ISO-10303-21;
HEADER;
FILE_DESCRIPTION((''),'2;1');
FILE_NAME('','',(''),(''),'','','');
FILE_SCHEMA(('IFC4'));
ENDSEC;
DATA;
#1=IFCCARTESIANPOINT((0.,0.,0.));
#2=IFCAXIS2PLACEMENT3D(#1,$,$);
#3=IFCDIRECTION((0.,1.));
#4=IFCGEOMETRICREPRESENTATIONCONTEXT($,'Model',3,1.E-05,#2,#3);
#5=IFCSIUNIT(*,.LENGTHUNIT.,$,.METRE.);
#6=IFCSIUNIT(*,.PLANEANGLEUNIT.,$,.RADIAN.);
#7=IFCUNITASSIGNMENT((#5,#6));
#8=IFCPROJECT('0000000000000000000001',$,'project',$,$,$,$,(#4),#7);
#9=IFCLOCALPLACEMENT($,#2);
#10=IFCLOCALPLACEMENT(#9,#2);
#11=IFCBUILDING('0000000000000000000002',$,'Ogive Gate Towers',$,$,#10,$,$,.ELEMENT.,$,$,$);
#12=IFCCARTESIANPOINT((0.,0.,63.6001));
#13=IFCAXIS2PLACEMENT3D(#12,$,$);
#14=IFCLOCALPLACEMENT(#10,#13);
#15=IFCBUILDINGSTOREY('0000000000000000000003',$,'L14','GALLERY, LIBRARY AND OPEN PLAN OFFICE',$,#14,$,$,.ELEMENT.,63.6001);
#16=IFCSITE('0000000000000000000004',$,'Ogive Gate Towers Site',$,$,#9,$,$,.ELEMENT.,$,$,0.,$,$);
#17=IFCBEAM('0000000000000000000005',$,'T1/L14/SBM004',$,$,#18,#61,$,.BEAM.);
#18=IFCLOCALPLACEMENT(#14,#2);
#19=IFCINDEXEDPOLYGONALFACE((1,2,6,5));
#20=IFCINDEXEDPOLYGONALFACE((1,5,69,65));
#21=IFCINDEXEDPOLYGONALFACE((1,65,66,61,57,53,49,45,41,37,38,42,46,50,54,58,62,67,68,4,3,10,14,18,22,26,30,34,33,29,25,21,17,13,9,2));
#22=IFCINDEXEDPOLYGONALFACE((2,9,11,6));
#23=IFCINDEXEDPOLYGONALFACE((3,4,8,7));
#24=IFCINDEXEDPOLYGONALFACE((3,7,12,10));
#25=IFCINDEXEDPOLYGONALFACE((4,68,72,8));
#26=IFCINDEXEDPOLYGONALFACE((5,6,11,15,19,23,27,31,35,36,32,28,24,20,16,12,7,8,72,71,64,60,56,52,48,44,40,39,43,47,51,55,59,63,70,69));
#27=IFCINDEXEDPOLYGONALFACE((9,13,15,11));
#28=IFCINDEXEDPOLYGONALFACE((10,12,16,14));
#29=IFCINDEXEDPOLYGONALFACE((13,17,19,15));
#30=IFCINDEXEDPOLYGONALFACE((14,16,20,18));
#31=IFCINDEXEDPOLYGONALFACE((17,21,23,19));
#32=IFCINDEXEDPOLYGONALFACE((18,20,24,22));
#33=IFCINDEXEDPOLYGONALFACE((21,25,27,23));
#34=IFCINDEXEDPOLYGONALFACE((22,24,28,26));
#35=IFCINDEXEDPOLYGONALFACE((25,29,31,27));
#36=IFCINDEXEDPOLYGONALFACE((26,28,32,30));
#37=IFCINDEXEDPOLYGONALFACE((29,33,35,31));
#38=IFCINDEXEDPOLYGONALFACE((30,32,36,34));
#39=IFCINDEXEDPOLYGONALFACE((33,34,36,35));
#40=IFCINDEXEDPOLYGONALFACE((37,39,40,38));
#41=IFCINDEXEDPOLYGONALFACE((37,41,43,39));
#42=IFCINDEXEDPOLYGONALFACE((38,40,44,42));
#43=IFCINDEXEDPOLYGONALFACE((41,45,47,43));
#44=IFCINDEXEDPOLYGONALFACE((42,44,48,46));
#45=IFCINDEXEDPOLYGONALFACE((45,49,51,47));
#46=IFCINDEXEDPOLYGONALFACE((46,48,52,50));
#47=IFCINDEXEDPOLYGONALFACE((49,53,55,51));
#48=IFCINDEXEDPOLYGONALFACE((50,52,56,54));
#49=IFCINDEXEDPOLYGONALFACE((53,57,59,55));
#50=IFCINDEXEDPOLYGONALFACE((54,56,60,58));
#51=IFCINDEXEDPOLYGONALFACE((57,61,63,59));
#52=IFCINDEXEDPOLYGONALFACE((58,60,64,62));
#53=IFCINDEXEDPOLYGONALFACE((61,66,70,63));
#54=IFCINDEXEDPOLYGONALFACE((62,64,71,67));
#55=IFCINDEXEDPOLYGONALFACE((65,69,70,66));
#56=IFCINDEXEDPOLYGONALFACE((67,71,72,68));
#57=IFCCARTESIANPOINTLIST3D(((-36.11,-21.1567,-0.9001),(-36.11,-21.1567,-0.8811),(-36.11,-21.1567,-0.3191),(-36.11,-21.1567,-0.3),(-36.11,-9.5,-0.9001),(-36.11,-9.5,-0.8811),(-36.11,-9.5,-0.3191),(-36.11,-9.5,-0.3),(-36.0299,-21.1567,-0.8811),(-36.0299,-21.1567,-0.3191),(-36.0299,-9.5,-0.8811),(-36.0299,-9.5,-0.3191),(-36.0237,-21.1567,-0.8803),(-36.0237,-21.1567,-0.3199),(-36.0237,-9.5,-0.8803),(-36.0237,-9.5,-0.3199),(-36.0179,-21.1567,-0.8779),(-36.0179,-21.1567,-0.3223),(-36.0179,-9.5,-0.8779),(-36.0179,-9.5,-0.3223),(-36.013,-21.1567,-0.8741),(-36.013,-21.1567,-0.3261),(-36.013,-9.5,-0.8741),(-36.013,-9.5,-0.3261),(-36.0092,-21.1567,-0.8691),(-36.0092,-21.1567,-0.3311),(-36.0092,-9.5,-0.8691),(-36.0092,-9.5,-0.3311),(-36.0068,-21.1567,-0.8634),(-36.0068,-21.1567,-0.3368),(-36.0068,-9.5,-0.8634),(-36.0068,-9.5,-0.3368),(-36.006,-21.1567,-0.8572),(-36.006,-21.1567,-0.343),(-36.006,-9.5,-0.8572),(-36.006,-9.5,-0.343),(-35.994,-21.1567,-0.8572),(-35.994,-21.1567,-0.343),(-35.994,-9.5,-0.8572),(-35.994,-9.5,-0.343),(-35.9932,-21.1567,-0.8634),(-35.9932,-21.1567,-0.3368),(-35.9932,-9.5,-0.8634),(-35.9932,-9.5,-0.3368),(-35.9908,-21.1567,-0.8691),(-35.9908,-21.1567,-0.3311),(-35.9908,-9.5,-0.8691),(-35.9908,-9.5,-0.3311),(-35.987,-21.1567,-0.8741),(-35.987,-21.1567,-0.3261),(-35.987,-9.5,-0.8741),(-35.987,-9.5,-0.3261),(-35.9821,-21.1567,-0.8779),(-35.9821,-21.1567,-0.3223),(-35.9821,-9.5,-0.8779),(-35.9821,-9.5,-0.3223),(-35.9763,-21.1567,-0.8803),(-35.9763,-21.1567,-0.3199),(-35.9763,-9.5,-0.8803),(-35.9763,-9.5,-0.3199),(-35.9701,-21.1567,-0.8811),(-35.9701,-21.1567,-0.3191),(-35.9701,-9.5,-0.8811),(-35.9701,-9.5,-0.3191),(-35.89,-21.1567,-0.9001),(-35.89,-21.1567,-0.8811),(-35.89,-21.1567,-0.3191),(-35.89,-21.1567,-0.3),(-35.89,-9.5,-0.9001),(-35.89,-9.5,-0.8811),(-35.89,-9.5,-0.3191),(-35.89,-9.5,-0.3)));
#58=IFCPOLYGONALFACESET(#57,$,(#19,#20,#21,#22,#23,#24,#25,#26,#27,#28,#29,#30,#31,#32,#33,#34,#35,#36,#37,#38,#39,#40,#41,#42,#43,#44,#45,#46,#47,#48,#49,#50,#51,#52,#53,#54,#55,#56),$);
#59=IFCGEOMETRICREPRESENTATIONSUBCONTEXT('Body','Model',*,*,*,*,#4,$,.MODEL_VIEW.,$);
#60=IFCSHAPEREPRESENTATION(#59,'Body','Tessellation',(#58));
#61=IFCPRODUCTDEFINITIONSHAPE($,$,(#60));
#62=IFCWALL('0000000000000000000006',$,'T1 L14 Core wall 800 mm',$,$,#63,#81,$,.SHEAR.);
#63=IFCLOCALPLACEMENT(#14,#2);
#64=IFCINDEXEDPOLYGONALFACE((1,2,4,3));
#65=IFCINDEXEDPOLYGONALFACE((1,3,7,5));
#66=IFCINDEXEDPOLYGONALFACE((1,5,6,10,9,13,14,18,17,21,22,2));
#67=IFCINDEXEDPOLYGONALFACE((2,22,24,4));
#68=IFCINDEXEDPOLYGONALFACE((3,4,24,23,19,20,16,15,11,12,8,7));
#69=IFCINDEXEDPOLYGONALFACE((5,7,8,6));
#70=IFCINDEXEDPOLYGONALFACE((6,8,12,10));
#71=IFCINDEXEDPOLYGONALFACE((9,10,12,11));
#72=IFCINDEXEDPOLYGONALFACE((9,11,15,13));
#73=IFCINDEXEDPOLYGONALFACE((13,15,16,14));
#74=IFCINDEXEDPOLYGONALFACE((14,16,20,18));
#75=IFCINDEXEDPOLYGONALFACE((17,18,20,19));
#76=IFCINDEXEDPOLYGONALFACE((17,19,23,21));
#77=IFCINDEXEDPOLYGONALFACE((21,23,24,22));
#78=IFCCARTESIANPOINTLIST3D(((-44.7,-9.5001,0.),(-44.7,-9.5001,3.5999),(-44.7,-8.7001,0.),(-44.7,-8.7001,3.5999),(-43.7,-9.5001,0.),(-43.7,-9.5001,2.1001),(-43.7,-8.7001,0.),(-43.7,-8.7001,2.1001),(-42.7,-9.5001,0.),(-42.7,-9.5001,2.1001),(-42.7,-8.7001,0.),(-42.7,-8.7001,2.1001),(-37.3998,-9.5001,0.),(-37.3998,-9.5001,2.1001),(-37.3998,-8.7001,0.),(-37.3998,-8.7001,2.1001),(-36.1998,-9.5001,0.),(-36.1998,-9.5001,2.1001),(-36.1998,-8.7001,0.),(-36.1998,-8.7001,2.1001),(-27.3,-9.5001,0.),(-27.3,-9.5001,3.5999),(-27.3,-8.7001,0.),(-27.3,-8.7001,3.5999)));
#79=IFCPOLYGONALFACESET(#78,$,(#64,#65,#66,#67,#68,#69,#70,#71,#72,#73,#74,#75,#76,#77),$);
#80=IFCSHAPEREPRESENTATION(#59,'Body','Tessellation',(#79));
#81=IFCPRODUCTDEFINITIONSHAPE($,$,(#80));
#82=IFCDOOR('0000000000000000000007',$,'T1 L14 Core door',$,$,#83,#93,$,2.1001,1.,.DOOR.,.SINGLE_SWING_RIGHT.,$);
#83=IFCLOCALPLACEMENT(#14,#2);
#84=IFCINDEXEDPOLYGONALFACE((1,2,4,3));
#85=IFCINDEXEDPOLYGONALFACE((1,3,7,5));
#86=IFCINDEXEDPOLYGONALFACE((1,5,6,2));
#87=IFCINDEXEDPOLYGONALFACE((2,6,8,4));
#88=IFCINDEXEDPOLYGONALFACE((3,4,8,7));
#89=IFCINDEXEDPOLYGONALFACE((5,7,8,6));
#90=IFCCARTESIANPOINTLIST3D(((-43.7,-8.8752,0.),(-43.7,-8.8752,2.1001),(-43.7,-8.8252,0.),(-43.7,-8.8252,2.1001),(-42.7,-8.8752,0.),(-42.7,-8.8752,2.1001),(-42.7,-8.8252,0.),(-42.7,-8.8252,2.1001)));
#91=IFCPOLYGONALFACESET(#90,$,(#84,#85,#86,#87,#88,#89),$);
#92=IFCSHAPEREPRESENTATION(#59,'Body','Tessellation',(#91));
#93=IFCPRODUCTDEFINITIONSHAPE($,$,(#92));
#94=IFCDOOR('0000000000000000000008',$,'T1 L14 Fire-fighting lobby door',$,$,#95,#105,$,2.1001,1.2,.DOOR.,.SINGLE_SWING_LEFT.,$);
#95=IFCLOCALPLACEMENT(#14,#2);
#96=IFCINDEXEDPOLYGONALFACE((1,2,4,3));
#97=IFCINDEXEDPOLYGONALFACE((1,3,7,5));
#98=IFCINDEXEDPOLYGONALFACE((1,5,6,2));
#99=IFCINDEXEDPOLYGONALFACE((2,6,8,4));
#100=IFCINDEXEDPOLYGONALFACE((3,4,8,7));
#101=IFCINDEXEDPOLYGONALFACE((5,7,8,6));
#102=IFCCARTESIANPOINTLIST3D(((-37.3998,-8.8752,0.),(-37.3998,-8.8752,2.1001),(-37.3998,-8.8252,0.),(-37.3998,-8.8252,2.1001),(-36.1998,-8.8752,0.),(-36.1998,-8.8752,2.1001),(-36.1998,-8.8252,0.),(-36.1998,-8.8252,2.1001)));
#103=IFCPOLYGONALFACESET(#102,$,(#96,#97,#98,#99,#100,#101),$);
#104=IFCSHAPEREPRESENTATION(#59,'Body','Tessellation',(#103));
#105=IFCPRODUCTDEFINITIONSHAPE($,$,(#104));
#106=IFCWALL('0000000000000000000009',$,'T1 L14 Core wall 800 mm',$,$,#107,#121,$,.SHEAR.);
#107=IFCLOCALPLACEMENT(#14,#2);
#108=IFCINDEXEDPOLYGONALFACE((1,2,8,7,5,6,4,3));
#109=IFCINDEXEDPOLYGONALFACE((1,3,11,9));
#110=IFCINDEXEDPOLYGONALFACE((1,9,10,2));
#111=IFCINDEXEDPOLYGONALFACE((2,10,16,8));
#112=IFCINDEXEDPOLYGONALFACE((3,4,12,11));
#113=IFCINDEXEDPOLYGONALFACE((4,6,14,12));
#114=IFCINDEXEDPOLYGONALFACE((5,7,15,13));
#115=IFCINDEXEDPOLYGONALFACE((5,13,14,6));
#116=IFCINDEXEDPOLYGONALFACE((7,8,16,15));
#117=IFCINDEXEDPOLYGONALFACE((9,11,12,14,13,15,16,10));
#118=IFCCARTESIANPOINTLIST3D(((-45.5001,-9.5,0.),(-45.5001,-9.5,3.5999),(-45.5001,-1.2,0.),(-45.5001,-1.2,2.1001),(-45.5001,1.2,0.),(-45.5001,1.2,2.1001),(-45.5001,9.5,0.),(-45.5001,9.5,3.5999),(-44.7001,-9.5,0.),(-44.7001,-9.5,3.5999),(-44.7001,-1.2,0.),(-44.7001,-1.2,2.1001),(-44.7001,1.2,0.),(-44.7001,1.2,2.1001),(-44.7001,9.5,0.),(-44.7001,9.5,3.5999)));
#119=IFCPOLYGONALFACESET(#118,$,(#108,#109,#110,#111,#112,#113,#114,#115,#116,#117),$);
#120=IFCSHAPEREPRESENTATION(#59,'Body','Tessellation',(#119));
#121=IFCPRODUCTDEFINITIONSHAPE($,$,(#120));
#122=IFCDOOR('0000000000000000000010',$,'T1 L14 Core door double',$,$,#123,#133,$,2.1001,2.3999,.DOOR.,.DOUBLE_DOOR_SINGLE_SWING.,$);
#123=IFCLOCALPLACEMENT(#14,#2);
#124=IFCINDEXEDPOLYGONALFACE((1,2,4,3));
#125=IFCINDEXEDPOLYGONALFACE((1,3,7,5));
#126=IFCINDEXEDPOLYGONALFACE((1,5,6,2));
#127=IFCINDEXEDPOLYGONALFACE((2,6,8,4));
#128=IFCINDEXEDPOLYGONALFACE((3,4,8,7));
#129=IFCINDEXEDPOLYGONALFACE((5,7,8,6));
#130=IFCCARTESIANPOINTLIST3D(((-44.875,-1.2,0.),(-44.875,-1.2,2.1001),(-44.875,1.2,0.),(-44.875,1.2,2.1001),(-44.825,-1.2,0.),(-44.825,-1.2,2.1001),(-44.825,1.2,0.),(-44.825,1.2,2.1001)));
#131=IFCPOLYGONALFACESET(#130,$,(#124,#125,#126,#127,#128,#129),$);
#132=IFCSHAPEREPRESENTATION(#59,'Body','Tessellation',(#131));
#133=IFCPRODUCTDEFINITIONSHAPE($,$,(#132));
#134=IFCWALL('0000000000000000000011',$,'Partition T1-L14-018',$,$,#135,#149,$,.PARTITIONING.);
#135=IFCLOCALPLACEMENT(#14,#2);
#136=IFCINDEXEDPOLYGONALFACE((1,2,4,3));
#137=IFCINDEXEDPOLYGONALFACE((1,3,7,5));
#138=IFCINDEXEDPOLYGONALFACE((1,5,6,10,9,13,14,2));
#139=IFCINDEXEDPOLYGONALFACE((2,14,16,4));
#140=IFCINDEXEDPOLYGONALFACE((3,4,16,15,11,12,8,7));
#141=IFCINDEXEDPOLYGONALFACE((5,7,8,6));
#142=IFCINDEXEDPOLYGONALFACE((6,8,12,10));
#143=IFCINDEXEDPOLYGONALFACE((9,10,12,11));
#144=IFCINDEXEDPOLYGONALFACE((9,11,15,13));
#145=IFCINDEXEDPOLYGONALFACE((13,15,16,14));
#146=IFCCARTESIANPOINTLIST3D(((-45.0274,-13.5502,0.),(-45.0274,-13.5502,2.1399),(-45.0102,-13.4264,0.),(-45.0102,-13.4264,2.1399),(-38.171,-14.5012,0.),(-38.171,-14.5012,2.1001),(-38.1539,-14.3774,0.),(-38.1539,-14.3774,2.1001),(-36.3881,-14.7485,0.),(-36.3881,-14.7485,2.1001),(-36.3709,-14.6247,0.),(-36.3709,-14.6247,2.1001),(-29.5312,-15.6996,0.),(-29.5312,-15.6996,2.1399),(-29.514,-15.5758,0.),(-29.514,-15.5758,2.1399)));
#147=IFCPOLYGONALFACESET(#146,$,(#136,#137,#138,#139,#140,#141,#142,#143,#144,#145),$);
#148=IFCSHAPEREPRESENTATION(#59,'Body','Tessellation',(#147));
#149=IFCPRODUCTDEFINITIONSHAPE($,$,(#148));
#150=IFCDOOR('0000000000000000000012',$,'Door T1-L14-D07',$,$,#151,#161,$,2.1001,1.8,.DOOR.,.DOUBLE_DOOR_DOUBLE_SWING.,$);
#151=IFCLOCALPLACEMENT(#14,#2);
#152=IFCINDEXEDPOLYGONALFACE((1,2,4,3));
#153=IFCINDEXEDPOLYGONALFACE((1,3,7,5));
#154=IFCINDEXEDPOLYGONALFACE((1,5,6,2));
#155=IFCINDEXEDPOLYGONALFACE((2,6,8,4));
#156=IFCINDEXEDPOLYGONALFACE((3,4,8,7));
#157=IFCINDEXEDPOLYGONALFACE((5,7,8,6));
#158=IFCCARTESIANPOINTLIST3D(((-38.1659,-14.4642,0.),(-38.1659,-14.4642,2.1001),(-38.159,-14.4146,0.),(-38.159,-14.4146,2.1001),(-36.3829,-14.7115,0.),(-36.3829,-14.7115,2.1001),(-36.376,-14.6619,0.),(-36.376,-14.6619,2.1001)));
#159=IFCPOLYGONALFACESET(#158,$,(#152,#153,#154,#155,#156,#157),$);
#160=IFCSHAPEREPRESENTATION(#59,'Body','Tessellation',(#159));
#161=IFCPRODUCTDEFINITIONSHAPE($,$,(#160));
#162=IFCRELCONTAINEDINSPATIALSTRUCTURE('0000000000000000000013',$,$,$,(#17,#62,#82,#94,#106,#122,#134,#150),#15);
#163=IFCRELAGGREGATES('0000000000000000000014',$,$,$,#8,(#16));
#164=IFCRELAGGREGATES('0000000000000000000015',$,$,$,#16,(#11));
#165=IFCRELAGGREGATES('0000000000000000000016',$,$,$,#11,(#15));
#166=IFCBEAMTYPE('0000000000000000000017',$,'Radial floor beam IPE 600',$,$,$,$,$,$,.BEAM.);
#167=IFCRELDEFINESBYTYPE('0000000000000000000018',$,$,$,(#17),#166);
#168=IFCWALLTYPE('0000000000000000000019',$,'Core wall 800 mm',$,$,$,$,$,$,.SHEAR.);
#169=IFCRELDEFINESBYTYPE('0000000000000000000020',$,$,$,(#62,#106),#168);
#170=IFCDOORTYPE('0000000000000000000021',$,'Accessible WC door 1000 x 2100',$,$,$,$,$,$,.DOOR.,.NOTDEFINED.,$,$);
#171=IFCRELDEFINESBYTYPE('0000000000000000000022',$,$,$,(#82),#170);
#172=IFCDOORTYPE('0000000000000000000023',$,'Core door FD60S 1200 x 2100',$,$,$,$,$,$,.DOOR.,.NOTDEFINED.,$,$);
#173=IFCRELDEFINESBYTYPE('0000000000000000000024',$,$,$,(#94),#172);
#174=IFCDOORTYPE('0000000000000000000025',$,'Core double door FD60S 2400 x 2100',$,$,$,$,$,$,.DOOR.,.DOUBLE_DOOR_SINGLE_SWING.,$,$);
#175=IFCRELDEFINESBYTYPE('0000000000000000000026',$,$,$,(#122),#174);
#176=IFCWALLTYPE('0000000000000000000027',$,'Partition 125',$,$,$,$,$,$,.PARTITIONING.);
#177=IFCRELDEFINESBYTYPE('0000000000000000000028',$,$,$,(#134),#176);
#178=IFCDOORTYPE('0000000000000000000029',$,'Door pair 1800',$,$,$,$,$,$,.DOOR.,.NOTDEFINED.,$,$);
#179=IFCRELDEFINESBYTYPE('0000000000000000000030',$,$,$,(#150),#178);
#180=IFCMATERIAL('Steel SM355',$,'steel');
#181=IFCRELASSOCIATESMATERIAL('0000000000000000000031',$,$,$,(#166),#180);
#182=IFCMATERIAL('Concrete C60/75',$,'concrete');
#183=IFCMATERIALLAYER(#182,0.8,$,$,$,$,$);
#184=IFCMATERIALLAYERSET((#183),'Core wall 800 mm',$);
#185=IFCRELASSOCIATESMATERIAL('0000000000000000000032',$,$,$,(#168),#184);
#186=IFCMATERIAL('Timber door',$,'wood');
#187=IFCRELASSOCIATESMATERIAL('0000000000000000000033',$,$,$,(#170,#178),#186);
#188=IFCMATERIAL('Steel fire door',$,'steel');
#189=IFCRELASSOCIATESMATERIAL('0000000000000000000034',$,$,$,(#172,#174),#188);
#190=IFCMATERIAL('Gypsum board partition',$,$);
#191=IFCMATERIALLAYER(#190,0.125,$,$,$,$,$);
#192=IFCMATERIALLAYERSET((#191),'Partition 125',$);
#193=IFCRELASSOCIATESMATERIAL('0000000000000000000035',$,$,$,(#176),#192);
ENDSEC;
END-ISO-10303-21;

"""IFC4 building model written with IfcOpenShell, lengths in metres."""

from ifc_helpers import new_model, si_unit, direction, frame, frame_2d, origin, origin_2d, place, context, subcontext, project, spatial, rectangle, i_section, extrude, material, layer, layer_set, material_profile, profile_set, type_object, element, fill, save


model = new_model("IFC4")

# Units and contexts
model_context = context("Model", 3, precision=1e-05, world=origin(), true_north=direction((0.0, 1.0)))
body_context = subcontext(model_context, "Body", "Model", "MODEL_VIEW")
ifc_project = project(units=[si_unit("LENGTHUNIT", "METRE"), si_unit("PLANEANGLEUNIT", "RADIAN")], contexts=[model_context])

# Site, building, storey
site_placement = place(None, origin())
site = spatial("IfcSite", under=ifc_project, at=site_placement, Name="Ogive Gate Towers Site", CompositionType="ELEMENT", RefElevation=0.0)
building_placement = place(site_placement, origin())
building = spatial("IfcBuilding", under=site, at=building_placement, Name="Ogive Gate Towers", CompositionType="ELEMENT")
storey_placement = place(building_placement, frame((0.0, 0.0, 63.6001)))
storey = spatial("IfcBuildingStorey", under=building, at=storey_placement, Name="L14", Description="GALLERY, LIBRARY AND OPEN PLAN OFFICE", CompositionType="ELEMENT", Elevation=63.6001)

# Beam
ifc_material_1 = material(Name="Steel SM355", Category="steel")
ifc_material_profile_1 = material_profile(ifc_material_1, i_section(OverallWidth=0.22, OverallDepth=0.6001, WebThickness=0.012, FlangeThickness=0.019, FilletRadius=0.0239, at=origin_2d()), Name="IPE 600")
ifc_profile_set_1 = profile_set([ifc_material_profile_1], Name="Steel SM355")
beam_type_1 = type_object("IfcBeamType", Name="Radial floor beam IPE 600", PredefinedType="BEAM", material=ifc_profile_set_1)
beam_1_placement = place(storey_placement, frame((-36.0, -9.5, -0.6001), z_axis=(0.0, -1.0, 0.0), x_axis=(1.0, 0.0, 0.0)))
element("IfcBeam", 1, at=beam_1_placement, inside=storey, type_object=beam_type_1, Name="T1/L14/SBM004", PredefinedType="BEAM", context=body_context, shape_type="SweptSolid", body=[
    extrude(i_section(OverallWidth=0.22, OverallDepth=0.6001, WebThickness=0.012, FlangeThickness=0.019, FilletRadius=0.0239, at=origin_2d()), origin(), (0.0, 0.0, 1.0), 11.6567),
])

# Wall, openings, doors
ifc_material_2 = material(Name="Concrete C60/75", Category="concrete")
ifc_layer_1 = layer(ifc_material_2, 0.8)
ifc_layer_set_1 = layer_set([ifc_layer_1], Name="Core wall 800 mm")
wall_type_1 = type_object("IfcWallType", Name="Core wall 800 mm", PredefinedType="SHEAR", material=ifc_layer_set_1)
wall_1_placement = place(storey_placement, frame((-44.7, -9.1001, 0.0), z_axis=(0.0, 0.0, 1.0), x_axis=(1.0, 0.0, 0.0)))
wall_1 = element("IfcWall", 2, at=wall_1_placement, inside=storey, type_object=wall_type_1, Name="T1 L14 Core wall 800 mm", PredefinedType="SHEAR", context=body_context, shape_type="SweptSolid", body=[
    extrude(rectangle(XDim=17.3999, YDim=0.8, at=frame_2d((8.7, 0.0))), origin(), (0.0, 0.0, 1.0), 3.5999),
])
opening_1_placement = place(wall_1_placement, frame((7.3, 0.0, 0.0)))
opening_1 = element("IfcOpeningElement", 3, at=opening_1_placement, cuts=wall_1, PredefinedType="OPENING", context=body_context, shape_type="SweptSolid", body=[
    extrude(rectangle(XDim=1.2, YDim=2.1001, at=frame_2d((0.6001, 1.05))), frame((0.0, 0.4102, 0.0), z_axis=(0.0, -1.0, 0.0), x_axis=(1.0, 0.0, 0.0)), (0.0, 0.0, 1.0), 0.8201),
])
opening_2_placement = place(wall_1_placement, frame((1.0, 0.0, 0.0)))
opening_2 = element("IfcOpeningElement", 4, at=opening_2_placement, cuts=wall_1, PredefinedType="OPENING", context=body_context, shape_type="SweptSolid", body=[
    extrude(rectangle(XDim=1.0, YDim=2.1001, at=frame_2d((0.5, 1.05))), frame((0.0, 0.4102, 0.0), z_axis=(0.0, -1.0, 0.0), x_axis=(1.0, 0.0, 0.0)), (0.0, 0.0, 1.0), 0.8201),
])
ifc_material_3 = material(Name="Timber door", Category="wood")
door_type_1 = type_object("IfcDoorType", Name="Accessible WC door 1000 x 2100", OperationType="NOTDEFINED", PredefinedType="DOOR", material=ifc_material_3)
door_1_placement = place(opening_2_placement, origin())
door_1 = element("IfcDoor", 5, at=door_1_placement, inside=storey, type_object=door_type_1, Name="T1 L14 Core door", OperationType="SINGLE_SWING_RIGHT", OverallHeight=2.1001, OverallWidth=1.0, PredefinedType="DOOR", context=body_context, shape_type="SweptSolid", body=[
    extrude(rectangle(XDim=1.0, YDim=2.1001, at=frame_2d((0.5, 1.05))), frame((0.0, 0.2749, 0.0), z_axis=(0.0, -1.0, 0.0), x_axis=(1.0, 0.0, 0.0)), (0.0, 0.0, 1.0), 0.05),
])
fill(opening_2, door_1)
ifc_material_4 = material(Name="Steel fire door", Category="steel")
door_type_2 = type_object("IfcDoorType", Name="Core door FD60S 1200 x 2100", OperationType="NOTDEFINED", PredefinedType="DOOR", material=ifc_material_4)
door_2_placement = place(opening_1_placement, origin())
door_2 = element("IfcDoor", 6, at=door_2_placement, inside=storey, type_object=door_type_2, Name="T1 L14 Fire-fighting lobby door", OperationType="SINGLE_SWING_LEFT", OverallHeight=2.1001, OverallWidth=1.2, PredefinedType="DOOR", context=body_context, shape_type="SweptSolid", body=[
    extrude(rectangle(XDim=1.2, YDim=2.1001, at=frame_2d((0.6001, 1.05))), frame((0.0, 0.2749, 0.0), z_axis=(0.0, -1.0, 0.0), x_axis=(1.0, 0.0, 0.0)), (0.0, 0.0, 1.0), 0.05),
])
fill(opening_1, door_2)

# Walls, openings, doors
wall_2_placement = place(storey_placement, frame((-45.1001, -9.5, 0.0), z_axis=(0.0, 0.0, 1.0), x_axis=(0.0, 1.0, 0.0)))
wall_2 = element("IfcWall", 7, at=wall_2_placement, inside=storey, type_object=wall_type_1, Name="T1 L14 Core wall 800 mm", PredefinedType="SHEAR", context=body_context, shape_type="SweptSolid", body=[
    extrude(rectangle(XDim=19.0, YDim=0.8, at=frame_2d((9.5, 0.0))), origin(), (0.0, 0.0, 1.0), 3.5999),
])
opening_3_placement = place(wall_2_placement, frame((8.3, 0.0, 0.0)))
opening_3 = element("IfcOpeningElement", 8, at=opening_3_placement, cuts=wall_2, PredefinedType="OPENING", context=body_context, shape_type="SweptSolid", body=[
    extrude(rectangle(XDim=2.3999, YDim=2.1001, at=frame_2d((1.2, 1.05))), frame((0.0, 0.4102, 0.0), z_axis=(0.0, -1.0, 0.0), x_axis=(1.0, 0.0, 0.0)), (0.0, 0.0, 1.0), 0.8201),
])
door_type_3 = type_object("IfcDoorType", Name="Core double door FD60S 2400 x 2100", OperationType="DOUBLE_DOOR_SINGLE_SWING", PredefinedType="DOOR", material=ifc_material_4)
door_3_placement = place(opening_3_placement, origin())
door_3 = element("IfcDoor", 9, at=door_3_placement, inside=storey, type_object=door_type_3, Name="T1 L14 Core door double", OperationType="DOUBLE_DOOR_SINGLE_SWING", OverallHeight=2.1001, OverallWidth=2.3999, PredefinedType="DOOR", context=body_context, shape_type="SweptSolid", body=[
    extrude(rectangle(XDim=2.3999, YDim=2.1001, at=frame_2d((1.2, 1.05))), frame((0.0, -0.2251, 0.0), z_axis=(0.0, -1.0, 0.0), x_axis=(1.0, 0.0, 0.0)), (0.0, 0.0, 1.0), 0.05),
])
fill(opening_3, door_3)
ifc_material_5 = material(Name="Gypsum board partition")
ifc_layer_2 = layer(ifc_material_5, 0.125)
ifc_layer_set_2 = layer_set([ifc_layer_2], Name="Partition 125")
wall_type_2 = type_object("IfcWallType", Name="Partition 125", PredefinedType="PARTITIONING", material=ifc_layer_set_2)
wall_3_placement = place(storey_placement, frame((-45.0188, -13.4883, 0.0), z_axis=(0.0, 0.0, 1.0), x_axis=(0.990517, -0.137391, 0.0)))
wall_3 = element("IfcWall", 10, at=wall_3_placement, inside=storey, type_object=wall_type_2, Name="Partition T1-L14-018", PredefinedType="PARTITIONING", context=body_context, shape_type="SweptSolid", body=[
    extrude(rectangle(XDim=15.6445, YDim=0.125, at=frame_2d((7.8223, 0.0))), origin(), (0.0, 0.0, 1.0), 2.1399),
])
opening_4_placement = place(wall_3_placement, frame((6.9221, 0.0, 0.0)))
opening_4 = element("IfcOpeningElement", 11, at=opening_4_placement, cuts=wall_3, PredefinedType="OPENING", context=body_context, shape_type="SweptSolid", body=[
    extrude(rectangle(XDim=1.8, YDim=2.1001, at=frame_2d((0.8999, 1.05))), frame((0.0, 0.0725, 0.0), z_axis=(0.0, -1.0, 0.0), x_axis=(1.0, 0.0, 0.0)), (0.0, 0.0, 1.0), 0.145),
])
door_type_4 = type_object("IfcDoorType", Name="Door pair 1800", OperationType="NOTDEFINED", PredefinedType="DOOR", material=ifc_material_3)
door_4_placement = place(opening_4_placement, origin())
door_4 = element("IfcDoor", 12, at=door_4_placement, inside=storey, type_object=door_type_4, Name="Door T1-L14-D07", OperationType="DOUBLE_DOOR_DOUBLE_SWING", OverallHeight=2.1001, OverallWidth=1.8, PredefinedType="DOOR", context=body_context, shape_type="SweptSolid", body=[
    extrude(rectangle(XDim=1.8, YDim=2.1001, at=frame_2d((0.8999, 1.05))), frame((0.0, 0.0249, 0.0), z_axis=(0.0, -1.0, 0.0), x_axis=(1.0, 0.0, 0.0)), (0.0, 0.0, 1.0), 0.05),
])
fill(opening_4, door_4)

save(model, "model.ifc")
